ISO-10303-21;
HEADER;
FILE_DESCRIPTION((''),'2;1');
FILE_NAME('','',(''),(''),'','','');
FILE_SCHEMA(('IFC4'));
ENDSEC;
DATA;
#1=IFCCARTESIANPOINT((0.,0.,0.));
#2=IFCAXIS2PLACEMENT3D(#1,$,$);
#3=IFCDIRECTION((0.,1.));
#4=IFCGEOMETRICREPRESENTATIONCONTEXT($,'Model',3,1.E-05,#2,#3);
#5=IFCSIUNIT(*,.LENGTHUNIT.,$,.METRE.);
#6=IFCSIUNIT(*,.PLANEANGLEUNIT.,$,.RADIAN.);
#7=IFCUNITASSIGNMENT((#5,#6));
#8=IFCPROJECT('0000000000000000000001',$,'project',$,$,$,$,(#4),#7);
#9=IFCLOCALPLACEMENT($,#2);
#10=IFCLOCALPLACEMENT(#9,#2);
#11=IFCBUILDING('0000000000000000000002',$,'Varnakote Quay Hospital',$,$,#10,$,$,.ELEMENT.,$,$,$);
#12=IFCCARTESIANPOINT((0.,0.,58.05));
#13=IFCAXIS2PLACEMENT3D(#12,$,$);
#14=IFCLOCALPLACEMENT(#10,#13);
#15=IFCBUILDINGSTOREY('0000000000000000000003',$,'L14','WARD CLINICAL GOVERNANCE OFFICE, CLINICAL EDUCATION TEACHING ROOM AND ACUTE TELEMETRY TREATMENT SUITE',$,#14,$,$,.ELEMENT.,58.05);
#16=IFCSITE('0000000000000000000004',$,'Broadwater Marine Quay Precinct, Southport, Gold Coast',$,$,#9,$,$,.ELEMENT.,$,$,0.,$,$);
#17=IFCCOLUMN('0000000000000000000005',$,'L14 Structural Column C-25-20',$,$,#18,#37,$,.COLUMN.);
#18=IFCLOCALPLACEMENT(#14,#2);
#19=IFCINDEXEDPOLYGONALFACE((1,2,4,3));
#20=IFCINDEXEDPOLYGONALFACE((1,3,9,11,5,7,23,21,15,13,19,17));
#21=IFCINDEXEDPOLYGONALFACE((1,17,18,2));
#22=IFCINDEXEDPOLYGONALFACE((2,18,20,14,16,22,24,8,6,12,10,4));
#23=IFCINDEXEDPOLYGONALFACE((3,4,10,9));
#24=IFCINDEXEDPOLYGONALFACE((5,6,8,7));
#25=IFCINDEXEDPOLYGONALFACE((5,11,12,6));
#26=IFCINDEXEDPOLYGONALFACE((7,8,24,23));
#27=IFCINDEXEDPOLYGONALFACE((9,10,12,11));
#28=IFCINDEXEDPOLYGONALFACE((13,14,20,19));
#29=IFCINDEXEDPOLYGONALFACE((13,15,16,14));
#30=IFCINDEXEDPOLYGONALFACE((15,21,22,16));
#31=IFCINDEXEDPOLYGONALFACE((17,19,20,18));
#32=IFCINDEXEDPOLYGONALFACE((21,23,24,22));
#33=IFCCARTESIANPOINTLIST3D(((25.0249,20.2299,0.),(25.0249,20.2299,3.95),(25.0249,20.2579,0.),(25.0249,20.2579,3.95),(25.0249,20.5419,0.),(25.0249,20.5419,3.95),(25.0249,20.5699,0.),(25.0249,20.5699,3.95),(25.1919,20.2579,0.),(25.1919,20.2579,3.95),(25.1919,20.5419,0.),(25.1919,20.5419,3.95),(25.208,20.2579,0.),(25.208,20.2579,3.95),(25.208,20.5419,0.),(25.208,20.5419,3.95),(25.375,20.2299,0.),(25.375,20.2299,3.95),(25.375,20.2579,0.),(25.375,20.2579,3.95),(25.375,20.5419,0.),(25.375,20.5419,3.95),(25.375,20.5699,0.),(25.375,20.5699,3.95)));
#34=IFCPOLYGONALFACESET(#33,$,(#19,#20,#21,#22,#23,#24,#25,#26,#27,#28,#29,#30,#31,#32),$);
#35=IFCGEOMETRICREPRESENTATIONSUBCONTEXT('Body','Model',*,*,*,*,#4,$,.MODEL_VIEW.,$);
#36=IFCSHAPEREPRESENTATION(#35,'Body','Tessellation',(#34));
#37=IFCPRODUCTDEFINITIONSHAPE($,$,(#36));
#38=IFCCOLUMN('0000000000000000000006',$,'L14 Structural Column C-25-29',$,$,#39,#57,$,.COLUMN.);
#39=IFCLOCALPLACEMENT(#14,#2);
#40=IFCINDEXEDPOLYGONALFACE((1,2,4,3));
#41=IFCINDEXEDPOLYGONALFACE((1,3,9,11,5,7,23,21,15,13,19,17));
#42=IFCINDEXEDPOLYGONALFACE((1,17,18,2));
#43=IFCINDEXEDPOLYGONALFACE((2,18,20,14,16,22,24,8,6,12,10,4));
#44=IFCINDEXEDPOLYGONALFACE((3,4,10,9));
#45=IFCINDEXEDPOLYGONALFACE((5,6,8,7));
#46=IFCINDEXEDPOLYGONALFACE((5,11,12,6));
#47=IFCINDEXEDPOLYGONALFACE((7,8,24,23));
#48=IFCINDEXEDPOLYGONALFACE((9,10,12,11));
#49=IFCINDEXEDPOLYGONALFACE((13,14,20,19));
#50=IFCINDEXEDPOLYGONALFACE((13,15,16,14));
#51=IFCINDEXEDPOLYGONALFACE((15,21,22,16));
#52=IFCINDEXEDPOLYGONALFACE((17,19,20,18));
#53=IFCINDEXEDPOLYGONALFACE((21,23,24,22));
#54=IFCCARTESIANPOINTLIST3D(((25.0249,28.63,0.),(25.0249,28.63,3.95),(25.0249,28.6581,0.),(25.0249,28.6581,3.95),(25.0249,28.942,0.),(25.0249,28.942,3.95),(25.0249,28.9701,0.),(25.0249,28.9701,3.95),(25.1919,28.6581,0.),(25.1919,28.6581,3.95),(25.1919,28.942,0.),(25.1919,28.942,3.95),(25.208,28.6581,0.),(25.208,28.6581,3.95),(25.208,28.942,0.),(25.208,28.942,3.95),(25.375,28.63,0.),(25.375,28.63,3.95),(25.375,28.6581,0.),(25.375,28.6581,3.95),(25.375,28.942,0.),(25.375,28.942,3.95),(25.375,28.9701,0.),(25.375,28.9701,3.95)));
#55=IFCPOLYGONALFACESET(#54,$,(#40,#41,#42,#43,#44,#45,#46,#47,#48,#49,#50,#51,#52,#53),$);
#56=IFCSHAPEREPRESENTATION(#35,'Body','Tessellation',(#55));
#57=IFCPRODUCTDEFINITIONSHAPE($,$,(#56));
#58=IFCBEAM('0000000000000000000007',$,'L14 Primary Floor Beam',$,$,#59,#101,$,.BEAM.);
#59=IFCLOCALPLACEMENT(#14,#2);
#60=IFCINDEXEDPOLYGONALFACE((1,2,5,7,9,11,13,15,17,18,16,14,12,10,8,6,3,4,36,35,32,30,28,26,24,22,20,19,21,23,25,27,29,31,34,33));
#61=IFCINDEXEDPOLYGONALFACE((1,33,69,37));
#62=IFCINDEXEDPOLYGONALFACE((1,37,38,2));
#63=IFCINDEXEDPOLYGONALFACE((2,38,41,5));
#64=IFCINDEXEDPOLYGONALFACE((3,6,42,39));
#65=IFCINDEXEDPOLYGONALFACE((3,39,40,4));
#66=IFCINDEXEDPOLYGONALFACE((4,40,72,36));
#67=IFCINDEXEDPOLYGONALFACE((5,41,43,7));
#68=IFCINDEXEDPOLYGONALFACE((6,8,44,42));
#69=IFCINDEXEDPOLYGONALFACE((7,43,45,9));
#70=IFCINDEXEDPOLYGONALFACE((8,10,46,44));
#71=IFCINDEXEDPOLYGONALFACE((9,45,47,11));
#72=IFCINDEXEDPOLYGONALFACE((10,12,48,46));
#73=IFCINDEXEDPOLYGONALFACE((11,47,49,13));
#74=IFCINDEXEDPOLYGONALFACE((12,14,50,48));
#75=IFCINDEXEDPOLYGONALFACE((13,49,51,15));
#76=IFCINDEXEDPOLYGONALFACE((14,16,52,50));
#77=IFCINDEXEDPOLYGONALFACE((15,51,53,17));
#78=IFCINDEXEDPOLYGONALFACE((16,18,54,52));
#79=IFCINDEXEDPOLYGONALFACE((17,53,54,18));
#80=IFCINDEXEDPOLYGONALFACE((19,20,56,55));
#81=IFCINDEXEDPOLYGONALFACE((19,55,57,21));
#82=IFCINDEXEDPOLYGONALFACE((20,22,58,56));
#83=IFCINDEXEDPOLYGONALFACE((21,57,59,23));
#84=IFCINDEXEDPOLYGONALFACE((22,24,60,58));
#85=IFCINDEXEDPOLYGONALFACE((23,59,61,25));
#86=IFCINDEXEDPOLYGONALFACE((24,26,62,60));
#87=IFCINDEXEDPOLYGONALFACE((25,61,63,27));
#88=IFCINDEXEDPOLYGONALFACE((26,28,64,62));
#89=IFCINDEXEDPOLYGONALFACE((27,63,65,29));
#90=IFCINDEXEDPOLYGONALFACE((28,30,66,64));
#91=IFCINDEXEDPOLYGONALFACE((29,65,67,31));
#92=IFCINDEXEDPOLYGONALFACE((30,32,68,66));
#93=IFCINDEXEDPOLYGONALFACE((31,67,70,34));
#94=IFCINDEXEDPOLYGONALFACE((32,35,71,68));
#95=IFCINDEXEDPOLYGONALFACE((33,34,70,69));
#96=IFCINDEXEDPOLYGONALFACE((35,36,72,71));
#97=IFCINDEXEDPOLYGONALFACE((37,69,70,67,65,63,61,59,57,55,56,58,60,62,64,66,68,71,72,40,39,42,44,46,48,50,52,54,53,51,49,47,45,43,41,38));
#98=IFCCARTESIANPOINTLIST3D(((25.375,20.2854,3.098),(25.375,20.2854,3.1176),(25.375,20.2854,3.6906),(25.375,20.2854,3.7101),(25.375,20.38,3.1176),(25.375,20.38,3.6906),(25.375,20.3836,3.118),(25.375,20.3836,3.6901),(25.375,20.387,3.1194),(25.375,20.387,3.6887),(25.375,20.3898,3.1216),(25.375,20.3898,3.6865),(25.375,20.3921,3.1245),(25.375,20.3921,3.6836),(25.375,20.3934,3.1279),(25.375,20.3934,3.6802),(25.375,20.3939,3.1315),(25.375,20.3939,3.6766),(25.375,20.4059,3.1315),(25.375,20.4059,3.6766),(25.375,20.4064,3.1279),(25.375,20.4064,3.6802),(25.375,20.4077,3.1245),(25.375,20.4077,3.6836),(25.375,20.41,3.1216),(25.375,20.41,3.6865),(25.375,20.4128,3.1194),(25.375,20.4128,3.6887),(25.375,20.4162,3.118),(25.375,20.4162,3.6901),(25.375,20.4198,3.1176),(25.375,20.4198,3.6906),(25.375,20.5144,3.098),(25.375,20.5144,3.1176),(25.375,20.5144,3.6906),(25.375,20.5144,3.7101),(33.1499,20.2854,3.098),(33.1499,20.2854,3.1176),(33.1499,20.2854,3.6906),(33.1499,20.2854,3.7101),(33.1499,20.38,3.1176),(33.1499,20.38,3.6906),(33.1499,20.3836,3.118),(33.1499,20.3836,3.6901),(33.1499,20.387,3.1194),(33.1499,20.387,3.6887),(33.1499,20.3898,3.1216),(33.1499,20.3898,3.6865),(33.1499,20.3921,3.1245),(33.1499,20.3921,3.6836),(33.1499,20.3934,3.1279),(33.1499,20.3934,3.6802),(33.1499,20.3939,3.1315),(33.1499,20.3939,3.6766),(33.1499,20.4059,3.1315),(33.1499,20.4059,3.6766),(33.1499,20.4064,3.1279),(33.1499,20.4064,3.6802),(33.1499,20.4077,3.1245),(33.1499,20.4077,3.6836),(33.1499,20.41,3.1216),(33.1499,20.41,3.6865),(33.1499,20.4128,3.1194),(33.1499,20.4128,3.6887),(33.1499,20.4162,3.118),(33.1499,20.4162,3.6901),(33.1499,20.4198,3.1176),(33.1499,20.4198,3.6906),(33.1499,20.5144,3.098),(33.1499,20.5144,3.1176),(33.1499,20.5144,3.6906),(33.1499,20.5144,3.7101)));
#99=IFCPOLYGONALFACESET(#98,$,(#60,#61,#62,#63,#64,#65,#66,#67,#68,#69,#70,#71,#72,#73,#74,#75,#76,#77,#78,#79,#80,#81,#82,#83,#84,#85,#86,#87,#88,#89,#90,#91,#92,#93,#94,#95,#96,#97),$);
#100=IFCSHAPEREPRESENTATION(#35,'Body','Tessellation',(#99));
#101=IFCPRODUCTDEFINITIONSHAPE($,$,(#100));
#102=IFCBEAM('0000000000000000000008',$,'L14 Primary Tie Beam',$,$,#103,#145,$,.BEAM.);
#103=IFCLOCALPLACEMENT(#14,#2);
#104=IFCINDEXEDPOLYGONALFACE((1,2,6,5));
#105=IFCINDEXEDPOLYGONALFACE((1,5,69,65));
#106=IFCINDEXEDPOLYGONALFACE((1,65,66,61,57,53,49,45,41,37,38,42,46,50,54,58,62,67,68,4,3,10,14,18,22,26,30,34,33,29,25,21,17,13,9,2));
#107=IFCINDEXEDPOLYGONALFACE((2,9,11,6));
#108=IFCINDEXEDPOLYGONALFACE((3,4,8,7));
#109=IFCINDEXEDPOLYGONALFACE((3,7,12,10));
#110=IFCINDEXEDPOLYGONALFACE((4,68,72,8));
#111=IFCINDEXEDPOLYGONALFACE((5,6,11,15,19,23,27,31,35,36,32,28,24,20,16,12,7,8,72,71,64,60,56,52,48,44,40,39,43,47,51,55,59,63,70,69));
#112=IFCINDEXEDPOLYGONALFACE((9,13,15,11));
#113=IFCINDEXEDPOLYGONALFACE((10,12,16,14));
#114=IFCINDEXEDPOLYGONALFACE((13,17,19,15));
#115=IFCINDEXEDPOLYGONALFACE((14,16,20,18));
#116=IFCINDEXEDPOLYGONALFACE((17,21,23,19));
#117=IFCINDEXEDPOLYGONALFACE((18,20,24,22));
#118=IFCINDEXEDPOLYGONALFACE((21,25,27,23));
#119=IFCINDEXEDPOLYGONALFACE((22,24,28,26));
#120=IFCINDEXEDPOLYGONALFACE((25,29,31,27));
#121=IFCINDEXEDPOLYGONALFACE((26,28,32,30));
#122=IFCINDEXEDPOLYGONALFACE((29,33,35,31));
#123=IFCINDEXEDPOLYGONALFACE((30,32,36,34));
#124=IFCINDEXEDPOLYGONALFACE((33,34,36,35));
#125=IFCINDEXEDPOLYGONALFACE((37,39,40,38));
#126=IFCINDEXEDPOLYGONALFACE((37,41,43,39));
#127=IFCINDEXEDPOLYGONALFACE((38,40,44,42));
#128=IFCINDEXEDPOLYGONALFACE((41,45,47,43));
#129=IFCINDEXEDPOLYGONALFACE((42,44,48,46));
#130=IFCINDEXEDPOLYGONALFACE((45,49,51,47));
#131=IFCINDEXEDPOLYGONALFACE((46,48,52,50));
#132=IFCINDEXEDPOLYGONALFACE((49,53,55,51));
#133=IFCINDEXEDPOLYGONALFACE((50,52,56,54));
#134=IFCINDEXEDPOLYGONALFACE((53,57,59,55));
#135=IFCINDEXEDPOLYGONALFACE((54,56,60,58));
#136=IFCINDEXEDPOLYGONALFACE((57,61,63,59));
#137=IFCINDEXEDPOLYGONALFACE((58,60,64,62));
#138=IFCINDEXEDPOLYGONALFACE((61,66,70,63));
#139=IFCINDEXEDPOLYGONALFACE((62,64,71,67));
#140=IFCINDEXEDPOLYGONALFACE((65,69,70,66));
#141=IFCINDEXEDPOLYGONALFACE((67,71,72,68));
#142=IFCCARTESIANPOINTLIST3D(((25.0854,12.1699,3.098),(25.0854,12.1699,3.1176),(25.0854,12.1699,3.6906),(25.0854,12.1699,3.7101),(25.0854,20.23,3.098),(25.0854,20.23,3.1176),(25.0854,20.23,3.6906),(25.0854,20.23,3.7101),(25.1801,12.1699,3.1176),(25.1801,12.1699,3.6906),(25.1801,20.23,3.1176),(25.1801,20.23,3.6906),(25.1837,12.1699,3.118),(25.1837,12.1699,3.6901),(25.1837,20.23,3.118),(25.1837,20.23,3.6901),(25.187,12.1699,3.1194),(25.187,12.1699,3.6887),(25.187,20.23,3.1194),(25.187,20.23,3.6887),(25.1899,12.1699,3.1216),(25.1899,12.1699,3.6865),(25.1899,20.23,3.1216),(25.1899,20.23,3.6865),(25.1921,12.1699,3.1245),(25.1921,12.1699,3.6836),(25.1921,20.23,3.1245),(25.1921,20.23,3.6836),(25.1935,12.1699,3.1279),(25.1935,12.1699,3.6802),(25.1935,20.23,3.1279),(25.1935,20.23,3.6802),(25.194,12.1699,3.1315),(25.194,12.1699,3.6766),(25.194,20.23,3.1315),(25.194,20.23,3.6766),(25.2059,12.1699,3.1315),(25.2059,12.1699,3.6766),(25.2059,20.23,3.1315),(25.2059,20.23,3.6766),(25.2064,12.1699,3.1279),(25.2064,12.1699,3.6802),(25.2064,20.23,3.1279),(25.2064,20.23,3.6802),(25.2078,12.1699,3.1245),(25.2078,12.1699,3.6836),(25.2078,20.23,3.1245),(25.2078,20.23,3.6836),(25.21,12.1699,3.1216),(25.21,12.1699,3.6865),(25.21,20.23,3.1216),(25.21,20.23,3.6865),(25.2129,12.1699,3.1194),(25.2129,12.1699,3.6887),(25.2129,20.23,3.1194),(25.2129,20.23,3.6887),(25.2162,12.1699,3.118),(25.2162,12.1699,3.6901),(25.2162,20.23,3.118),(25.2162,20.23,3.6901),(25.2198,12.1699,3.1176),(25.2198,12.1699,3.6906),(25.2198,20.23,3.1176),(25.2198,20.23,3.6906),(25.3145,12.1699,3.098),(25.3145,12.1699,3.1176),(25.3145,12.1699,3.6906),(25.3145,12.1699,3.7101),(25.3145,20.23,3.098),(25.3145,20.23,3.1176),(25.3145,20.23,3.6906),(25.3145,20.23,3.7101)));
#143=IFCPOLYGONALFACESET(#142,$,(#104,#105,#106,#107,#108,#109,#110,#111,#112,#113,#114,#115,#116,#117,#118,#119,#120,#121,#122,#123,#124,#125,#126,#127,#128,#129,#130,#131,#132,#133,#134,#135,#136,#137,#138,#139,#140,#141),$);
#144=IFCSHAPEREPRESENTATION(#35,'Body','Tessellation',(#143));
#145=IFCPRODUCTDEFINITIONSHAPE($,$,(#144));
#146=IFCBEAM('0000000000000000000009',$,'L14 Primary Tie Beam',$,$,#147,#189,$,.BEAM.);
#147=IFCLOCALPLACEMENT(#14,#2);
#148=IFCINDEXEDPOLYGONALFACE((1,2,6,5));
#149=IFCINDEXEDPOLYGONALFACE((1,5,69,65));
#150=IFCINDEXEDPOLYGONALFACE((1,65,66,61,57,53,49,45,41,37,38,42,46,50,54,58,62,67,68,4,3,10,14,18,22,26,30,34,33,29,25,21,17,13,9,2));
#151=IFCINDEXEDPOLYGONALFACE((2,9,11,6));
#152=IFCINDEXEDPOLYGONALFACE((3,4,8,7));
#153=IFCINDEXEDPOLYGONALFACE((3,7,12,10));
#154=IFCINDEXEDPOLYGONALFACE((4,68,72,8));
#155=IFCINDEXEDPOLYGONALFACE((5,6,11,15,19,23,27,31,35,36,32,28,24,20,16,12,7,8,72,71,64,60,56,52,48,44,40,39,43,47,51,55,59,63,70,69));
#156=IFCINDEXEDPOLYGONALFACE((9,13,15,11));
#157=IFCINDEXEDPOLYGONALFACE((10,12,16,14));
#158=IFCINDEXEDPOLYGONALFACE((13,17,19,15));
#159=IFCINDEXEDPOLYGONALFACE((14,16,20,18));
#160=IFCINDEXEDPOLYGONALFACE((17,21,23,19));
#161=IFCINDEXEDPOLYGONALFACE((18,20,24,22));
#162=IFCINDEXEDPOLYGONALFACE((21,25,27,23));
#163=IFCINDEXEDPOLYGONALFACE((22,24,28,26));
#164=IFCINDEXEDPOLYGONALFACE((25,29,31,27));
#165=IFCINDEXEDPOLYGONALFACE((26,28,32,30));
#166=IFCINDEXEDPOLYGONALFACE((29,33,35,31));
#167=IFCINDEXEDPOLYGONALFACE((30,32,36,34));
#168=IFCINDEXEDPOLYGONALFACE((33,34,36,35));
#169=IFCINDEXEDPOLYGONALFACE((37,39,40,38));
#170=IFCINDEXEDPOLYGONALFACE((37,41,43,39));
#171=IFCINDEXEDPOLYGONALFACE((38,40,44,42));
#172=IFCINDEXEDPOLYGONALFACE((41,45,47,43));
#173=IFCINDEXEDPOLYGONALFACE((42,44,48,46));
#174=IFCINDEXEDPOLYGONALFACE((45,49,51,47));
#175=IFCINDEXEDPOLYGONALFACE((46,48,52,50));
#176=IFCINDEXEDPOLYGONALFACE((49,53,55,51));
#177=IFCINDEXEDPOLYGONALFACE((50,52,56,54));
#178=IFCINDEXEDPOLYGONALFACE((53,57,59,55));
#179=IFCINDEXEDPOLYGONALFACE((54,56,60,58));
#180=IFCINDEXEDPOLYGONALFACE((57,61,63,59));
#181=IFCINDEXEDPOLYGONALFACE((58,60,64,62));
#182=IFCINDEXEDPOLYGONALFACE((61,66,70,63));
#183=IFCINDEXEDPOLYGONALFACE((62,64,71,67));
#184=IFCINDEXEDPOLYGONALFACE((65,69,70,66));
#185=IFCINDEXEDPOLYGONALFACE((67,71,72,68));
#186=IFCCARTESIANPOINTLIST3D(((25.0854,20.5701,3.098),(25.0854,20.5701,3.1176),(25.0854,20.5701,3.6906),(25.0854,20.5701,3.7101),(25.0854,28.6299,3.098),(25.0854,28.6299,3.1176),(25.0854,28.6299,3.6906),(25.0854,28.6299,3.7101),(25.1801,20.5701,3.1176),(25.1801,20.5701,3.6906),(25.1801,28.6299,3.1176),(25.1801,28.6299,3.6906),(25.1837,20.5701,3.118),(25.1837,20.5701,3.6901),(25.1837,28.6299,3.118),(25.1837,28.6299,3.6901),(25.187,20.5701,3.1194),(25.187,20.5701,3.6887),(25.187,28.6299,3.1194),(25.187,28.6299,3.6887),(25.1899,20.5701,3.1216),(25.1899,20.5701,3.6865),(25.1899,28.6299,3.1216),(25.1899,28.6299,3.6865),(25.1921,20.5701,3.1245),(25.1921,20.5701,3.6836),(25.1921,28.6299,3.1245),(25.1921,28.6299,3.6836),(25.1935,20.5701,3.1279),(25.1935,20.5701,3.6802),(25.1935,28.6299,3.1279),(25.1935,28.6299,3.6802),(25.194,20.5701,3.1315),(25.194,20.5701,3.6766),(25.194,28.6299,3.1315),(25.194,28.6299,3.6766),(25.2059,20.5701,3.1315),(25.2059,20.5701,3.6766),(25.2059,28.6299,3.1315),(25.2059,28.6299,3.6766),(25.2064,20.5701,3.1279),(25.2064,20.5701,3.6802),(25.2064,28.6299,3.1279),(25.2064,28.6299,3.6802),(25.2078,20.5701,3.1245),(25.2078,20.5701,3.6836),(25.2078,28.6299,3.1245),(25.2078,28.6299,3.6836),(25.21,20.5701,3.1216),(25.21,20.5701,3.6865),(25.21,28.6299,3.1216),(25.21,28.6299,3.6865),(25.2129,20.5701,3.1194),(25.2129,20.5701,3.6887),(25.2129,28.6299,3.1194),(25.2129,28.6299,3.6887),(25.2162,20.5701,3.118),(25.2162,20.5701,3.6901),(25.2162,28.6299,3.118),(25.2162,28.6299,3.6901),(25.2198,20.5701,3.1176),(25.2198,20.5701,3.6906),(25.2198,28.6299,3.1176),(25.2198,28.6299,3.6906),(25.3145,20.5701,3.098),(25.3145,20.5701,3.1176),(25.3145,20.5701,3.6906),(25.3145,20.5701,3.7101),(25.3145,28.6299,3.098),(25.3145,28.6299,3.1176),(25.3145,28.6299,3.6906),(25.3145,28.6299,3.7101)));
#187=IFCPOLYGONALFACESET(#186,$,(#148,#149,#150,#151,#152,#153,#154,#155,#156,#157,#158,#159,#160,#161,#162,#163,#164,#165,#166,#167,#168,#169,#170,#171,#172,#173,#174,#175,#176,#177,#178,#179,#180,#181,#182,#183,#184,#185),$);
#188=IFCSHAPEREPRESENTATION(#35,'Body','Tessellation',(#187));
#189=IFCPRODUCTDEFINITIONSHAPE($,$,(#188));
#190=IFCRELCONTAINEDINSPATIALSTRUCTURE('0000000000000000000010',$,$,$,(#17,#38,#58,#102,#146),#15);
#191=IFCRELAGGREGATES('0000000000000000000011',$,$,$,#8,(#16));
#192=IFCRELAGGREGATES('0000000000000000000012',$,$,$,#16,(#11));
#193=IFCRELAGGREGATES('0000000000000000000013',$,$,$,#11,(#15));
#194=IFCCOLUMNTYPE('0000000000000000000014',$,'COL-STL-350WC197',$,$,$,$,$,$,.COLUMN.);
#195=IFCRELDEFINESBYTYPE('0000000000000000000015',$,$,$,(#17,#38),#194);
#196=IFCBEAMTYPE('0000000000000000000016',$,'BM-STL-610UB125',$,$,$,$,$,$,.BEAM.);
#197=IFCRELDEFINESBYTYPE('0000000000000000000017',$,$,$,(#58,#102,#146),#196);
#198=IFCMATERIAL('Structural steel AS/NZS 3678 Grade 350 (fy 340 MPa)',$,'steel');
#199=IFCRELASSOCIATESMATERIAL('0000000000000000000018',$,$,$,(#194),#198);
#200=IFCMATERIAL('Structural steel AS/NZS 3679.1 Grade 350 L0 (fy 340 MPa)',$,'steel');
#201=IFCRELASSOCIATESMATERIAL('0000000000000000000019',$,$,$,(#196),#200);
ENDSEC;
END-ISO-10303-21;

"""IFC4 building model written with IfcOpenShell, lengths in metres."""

from ifc_helpers import new_model, si_unit, direction, frame, origin, origin_2d, place, context, subcontext, project, spatial, i_section, extrude, material, material_profile, profile_set, type_object, element, save


model = new_model("IFC4")

# Units and contexts
model_context = context("Model", 3, precision=1e-05, world=origin(), true_north=direction((0.0, 1.0)))
body_context = subcontext(model_context, "Body", "Model", "MODEL_VIEW")
ifc_project = project(units=[si_unit("LENGTHUNIT", "METRE"), si_unit("PLANEANGLEUNIT", "RADIAN")], contexts=[model_context])

# Site, building, storey
site_placement = place(None, origin())
site = spatial("IfcSite", under=ifc_project, at=site_placement, Name="Broadwater Marine Quay Precinct, Southport, Gold Coast", CompositionType="ELEMENT", RefElevation=0.0)
building_placement = place(site_placement, origin())
building = spatial("IfcBuilding", under=site, at=building_placement, Name="Varnakote Quay Hospital", CompositionType="ELEMENT")
storey_placement = place(building_placement, frame((0.0, 0.0, 58.05)))
storey = spatial("IfcBuildingStorey", under=building, at=storey_placement, Name="L14", Description="WARD CLINICAL GOVERNANCE OFFICE, CLINICAL EDUCATION TEACHING ROOM AND ACUTE TELEMETRY TREATMENT SUITE", CompositionType="ELEMENT", Elevation=58.05)

# Columns
ifc_material_1 = material(Name="Structural steel AS/NZS 3678 Grade 350 (fy 340 MPa)", Category="steel")
ifc_material_profile_1 = material_profile(ifc_material_1, i_section(OverallWidth=0.3501, OverallDepth=0.3401, WebThickness=0.0161, FlangeThickness=0.0281, at=origin_2d()), Name="350WC197")
ifc_profile_set_1 = profile_set([ifc_material_profile_1], Name="Structural steel AS/NZS 3678 Grade 350 (fy 340 MPa)")
column_type = type_object("IfcColumnType", Name="COL-STL-350WC197", PredefinedType="COLUMN", material=ifc_profile_set_1)
for number, where, z_axis, x_axis, name in (
    (1, (25.2, 20.3999, 0.0), (0.0, 0.0, 1.0), (1.0, 0.0, 0.0), "L14 Structural Column C-25-20"),
    (2, (25.2, 28.8, 0.0), (0.0, 0.0, 1.0), (1.0, 0.0, 0.0), "L14 Structural Column C-25-29"),
):
    element("IfcColumn", number, at=place(storey_placement, frame(where, z_axis=z_axis, x_axis=x_axis)), inside=storey, type_object=column_type, Name=name, PredefinedType="COLUMN", context=body_context, shape_type="SweptSolid", body=[
        extrude(i_section(OverallWidth=0.3501, OverallDepth=0.3401, WebThickness=0.0161, FlangeThickness=0.0281, at=origin_2d()), origin(), (0.0, 0.0, 1.0), 3.95),
    ])

# Beams
ifc_material_2 = material(Name="Structural steel AS/NZS 3679.1 Grade 350 L0 (fy 340 MPa)", Category="steel")
ifc_material_profile_2 = material_profile(ifc_material_2, i_section(OverallWidth=0.229, OverallDepth=0.6121, WebThickness=0.012, FlangeThickness=0.0195, FilletRadius=0.0139, at=origin_2d()), Name="610UB125")
ifc_profile_set_2 = profile_set([ifc_material_profile_2], Name="Structural steel AS/NZS 3679.1 Grade 350 L0 (fy 340 MPa)")
beam_type_1 = type_object("IfcBeamType", Name="BM-STL-610UB125", PredefinedType="BEAM", material=ifc_profile_set_2)
beam_1_placement = place(storey_placement, frame((25.375, 20.3999, 3.4041), z_axis=(1.0, 0.0, 0.0), x_axis=(0.0, 1.0, 0.0)))
element("IfcBeam", 3, at=beam_1_placement, inside=storey, type_object=beam_type_1, Name="L14 Primary Floor Beam", PredefinedType="BEAM", context=body_context, shape_type="SweptSolid", body=[
    extrude(i_section(OverallWidth=0.229, OverallDepth=0.6121, WebThickness=0.012, FlangeThickness=0.0195, FilletRadius=0.0139, at=origin_2d()), origin(), (0.0, 0.0, 1.0), 7.7749),
])
beam_2_placement = place(storey_placement, frame((25.2, 12.1699, 3.4041), z_axis=(0.0, 1.0, 0.0), x_axis=(-1.0, 0.0, 0.0)))
element("IfcBeam", 4, at=beam_2_placement, inside=storey, type_object=beam_type_1, Name="L14 Primary Tie Beam", PredefinedType="BEAM", context=body_context, shape_type="SweptSolid", body=[
    extrude(i_section(OverallWidth=0.229, OverallDepth=0.6121, WebThickness=0.012, FlangeThickness=0.0195, FilletRadius=0.0139, at=origin_2d()), origin(), (0.0, 0.0, 1.0), 8.0601),
])
beam_3_placement = place(storey_placement, frame((25.2, 20.5701, 3.4041), z_axis=(0.0, 1.0, 0.0), x_axis=(-1.0, 0.0, 0.0)))
element("IfcBeam", 5, at=beam_3_placement, inside=storey, type_object=beam_type_1, Name="L14 Primary Tie Beam", PredefinedType="BEAM", context=body_context, shape_type="SweptSolid", body=[
    extrude(i_section(OverallWidth=0.229, OverallDepth=0.6121, WebThickness=0.012, FlangeThickness=0.0195, FilletRadius=0.0139, at=origin_2d()), origin(), (0.0, 0.0, 1.0), 8.0598),
])

save(model, "model.ifc")
